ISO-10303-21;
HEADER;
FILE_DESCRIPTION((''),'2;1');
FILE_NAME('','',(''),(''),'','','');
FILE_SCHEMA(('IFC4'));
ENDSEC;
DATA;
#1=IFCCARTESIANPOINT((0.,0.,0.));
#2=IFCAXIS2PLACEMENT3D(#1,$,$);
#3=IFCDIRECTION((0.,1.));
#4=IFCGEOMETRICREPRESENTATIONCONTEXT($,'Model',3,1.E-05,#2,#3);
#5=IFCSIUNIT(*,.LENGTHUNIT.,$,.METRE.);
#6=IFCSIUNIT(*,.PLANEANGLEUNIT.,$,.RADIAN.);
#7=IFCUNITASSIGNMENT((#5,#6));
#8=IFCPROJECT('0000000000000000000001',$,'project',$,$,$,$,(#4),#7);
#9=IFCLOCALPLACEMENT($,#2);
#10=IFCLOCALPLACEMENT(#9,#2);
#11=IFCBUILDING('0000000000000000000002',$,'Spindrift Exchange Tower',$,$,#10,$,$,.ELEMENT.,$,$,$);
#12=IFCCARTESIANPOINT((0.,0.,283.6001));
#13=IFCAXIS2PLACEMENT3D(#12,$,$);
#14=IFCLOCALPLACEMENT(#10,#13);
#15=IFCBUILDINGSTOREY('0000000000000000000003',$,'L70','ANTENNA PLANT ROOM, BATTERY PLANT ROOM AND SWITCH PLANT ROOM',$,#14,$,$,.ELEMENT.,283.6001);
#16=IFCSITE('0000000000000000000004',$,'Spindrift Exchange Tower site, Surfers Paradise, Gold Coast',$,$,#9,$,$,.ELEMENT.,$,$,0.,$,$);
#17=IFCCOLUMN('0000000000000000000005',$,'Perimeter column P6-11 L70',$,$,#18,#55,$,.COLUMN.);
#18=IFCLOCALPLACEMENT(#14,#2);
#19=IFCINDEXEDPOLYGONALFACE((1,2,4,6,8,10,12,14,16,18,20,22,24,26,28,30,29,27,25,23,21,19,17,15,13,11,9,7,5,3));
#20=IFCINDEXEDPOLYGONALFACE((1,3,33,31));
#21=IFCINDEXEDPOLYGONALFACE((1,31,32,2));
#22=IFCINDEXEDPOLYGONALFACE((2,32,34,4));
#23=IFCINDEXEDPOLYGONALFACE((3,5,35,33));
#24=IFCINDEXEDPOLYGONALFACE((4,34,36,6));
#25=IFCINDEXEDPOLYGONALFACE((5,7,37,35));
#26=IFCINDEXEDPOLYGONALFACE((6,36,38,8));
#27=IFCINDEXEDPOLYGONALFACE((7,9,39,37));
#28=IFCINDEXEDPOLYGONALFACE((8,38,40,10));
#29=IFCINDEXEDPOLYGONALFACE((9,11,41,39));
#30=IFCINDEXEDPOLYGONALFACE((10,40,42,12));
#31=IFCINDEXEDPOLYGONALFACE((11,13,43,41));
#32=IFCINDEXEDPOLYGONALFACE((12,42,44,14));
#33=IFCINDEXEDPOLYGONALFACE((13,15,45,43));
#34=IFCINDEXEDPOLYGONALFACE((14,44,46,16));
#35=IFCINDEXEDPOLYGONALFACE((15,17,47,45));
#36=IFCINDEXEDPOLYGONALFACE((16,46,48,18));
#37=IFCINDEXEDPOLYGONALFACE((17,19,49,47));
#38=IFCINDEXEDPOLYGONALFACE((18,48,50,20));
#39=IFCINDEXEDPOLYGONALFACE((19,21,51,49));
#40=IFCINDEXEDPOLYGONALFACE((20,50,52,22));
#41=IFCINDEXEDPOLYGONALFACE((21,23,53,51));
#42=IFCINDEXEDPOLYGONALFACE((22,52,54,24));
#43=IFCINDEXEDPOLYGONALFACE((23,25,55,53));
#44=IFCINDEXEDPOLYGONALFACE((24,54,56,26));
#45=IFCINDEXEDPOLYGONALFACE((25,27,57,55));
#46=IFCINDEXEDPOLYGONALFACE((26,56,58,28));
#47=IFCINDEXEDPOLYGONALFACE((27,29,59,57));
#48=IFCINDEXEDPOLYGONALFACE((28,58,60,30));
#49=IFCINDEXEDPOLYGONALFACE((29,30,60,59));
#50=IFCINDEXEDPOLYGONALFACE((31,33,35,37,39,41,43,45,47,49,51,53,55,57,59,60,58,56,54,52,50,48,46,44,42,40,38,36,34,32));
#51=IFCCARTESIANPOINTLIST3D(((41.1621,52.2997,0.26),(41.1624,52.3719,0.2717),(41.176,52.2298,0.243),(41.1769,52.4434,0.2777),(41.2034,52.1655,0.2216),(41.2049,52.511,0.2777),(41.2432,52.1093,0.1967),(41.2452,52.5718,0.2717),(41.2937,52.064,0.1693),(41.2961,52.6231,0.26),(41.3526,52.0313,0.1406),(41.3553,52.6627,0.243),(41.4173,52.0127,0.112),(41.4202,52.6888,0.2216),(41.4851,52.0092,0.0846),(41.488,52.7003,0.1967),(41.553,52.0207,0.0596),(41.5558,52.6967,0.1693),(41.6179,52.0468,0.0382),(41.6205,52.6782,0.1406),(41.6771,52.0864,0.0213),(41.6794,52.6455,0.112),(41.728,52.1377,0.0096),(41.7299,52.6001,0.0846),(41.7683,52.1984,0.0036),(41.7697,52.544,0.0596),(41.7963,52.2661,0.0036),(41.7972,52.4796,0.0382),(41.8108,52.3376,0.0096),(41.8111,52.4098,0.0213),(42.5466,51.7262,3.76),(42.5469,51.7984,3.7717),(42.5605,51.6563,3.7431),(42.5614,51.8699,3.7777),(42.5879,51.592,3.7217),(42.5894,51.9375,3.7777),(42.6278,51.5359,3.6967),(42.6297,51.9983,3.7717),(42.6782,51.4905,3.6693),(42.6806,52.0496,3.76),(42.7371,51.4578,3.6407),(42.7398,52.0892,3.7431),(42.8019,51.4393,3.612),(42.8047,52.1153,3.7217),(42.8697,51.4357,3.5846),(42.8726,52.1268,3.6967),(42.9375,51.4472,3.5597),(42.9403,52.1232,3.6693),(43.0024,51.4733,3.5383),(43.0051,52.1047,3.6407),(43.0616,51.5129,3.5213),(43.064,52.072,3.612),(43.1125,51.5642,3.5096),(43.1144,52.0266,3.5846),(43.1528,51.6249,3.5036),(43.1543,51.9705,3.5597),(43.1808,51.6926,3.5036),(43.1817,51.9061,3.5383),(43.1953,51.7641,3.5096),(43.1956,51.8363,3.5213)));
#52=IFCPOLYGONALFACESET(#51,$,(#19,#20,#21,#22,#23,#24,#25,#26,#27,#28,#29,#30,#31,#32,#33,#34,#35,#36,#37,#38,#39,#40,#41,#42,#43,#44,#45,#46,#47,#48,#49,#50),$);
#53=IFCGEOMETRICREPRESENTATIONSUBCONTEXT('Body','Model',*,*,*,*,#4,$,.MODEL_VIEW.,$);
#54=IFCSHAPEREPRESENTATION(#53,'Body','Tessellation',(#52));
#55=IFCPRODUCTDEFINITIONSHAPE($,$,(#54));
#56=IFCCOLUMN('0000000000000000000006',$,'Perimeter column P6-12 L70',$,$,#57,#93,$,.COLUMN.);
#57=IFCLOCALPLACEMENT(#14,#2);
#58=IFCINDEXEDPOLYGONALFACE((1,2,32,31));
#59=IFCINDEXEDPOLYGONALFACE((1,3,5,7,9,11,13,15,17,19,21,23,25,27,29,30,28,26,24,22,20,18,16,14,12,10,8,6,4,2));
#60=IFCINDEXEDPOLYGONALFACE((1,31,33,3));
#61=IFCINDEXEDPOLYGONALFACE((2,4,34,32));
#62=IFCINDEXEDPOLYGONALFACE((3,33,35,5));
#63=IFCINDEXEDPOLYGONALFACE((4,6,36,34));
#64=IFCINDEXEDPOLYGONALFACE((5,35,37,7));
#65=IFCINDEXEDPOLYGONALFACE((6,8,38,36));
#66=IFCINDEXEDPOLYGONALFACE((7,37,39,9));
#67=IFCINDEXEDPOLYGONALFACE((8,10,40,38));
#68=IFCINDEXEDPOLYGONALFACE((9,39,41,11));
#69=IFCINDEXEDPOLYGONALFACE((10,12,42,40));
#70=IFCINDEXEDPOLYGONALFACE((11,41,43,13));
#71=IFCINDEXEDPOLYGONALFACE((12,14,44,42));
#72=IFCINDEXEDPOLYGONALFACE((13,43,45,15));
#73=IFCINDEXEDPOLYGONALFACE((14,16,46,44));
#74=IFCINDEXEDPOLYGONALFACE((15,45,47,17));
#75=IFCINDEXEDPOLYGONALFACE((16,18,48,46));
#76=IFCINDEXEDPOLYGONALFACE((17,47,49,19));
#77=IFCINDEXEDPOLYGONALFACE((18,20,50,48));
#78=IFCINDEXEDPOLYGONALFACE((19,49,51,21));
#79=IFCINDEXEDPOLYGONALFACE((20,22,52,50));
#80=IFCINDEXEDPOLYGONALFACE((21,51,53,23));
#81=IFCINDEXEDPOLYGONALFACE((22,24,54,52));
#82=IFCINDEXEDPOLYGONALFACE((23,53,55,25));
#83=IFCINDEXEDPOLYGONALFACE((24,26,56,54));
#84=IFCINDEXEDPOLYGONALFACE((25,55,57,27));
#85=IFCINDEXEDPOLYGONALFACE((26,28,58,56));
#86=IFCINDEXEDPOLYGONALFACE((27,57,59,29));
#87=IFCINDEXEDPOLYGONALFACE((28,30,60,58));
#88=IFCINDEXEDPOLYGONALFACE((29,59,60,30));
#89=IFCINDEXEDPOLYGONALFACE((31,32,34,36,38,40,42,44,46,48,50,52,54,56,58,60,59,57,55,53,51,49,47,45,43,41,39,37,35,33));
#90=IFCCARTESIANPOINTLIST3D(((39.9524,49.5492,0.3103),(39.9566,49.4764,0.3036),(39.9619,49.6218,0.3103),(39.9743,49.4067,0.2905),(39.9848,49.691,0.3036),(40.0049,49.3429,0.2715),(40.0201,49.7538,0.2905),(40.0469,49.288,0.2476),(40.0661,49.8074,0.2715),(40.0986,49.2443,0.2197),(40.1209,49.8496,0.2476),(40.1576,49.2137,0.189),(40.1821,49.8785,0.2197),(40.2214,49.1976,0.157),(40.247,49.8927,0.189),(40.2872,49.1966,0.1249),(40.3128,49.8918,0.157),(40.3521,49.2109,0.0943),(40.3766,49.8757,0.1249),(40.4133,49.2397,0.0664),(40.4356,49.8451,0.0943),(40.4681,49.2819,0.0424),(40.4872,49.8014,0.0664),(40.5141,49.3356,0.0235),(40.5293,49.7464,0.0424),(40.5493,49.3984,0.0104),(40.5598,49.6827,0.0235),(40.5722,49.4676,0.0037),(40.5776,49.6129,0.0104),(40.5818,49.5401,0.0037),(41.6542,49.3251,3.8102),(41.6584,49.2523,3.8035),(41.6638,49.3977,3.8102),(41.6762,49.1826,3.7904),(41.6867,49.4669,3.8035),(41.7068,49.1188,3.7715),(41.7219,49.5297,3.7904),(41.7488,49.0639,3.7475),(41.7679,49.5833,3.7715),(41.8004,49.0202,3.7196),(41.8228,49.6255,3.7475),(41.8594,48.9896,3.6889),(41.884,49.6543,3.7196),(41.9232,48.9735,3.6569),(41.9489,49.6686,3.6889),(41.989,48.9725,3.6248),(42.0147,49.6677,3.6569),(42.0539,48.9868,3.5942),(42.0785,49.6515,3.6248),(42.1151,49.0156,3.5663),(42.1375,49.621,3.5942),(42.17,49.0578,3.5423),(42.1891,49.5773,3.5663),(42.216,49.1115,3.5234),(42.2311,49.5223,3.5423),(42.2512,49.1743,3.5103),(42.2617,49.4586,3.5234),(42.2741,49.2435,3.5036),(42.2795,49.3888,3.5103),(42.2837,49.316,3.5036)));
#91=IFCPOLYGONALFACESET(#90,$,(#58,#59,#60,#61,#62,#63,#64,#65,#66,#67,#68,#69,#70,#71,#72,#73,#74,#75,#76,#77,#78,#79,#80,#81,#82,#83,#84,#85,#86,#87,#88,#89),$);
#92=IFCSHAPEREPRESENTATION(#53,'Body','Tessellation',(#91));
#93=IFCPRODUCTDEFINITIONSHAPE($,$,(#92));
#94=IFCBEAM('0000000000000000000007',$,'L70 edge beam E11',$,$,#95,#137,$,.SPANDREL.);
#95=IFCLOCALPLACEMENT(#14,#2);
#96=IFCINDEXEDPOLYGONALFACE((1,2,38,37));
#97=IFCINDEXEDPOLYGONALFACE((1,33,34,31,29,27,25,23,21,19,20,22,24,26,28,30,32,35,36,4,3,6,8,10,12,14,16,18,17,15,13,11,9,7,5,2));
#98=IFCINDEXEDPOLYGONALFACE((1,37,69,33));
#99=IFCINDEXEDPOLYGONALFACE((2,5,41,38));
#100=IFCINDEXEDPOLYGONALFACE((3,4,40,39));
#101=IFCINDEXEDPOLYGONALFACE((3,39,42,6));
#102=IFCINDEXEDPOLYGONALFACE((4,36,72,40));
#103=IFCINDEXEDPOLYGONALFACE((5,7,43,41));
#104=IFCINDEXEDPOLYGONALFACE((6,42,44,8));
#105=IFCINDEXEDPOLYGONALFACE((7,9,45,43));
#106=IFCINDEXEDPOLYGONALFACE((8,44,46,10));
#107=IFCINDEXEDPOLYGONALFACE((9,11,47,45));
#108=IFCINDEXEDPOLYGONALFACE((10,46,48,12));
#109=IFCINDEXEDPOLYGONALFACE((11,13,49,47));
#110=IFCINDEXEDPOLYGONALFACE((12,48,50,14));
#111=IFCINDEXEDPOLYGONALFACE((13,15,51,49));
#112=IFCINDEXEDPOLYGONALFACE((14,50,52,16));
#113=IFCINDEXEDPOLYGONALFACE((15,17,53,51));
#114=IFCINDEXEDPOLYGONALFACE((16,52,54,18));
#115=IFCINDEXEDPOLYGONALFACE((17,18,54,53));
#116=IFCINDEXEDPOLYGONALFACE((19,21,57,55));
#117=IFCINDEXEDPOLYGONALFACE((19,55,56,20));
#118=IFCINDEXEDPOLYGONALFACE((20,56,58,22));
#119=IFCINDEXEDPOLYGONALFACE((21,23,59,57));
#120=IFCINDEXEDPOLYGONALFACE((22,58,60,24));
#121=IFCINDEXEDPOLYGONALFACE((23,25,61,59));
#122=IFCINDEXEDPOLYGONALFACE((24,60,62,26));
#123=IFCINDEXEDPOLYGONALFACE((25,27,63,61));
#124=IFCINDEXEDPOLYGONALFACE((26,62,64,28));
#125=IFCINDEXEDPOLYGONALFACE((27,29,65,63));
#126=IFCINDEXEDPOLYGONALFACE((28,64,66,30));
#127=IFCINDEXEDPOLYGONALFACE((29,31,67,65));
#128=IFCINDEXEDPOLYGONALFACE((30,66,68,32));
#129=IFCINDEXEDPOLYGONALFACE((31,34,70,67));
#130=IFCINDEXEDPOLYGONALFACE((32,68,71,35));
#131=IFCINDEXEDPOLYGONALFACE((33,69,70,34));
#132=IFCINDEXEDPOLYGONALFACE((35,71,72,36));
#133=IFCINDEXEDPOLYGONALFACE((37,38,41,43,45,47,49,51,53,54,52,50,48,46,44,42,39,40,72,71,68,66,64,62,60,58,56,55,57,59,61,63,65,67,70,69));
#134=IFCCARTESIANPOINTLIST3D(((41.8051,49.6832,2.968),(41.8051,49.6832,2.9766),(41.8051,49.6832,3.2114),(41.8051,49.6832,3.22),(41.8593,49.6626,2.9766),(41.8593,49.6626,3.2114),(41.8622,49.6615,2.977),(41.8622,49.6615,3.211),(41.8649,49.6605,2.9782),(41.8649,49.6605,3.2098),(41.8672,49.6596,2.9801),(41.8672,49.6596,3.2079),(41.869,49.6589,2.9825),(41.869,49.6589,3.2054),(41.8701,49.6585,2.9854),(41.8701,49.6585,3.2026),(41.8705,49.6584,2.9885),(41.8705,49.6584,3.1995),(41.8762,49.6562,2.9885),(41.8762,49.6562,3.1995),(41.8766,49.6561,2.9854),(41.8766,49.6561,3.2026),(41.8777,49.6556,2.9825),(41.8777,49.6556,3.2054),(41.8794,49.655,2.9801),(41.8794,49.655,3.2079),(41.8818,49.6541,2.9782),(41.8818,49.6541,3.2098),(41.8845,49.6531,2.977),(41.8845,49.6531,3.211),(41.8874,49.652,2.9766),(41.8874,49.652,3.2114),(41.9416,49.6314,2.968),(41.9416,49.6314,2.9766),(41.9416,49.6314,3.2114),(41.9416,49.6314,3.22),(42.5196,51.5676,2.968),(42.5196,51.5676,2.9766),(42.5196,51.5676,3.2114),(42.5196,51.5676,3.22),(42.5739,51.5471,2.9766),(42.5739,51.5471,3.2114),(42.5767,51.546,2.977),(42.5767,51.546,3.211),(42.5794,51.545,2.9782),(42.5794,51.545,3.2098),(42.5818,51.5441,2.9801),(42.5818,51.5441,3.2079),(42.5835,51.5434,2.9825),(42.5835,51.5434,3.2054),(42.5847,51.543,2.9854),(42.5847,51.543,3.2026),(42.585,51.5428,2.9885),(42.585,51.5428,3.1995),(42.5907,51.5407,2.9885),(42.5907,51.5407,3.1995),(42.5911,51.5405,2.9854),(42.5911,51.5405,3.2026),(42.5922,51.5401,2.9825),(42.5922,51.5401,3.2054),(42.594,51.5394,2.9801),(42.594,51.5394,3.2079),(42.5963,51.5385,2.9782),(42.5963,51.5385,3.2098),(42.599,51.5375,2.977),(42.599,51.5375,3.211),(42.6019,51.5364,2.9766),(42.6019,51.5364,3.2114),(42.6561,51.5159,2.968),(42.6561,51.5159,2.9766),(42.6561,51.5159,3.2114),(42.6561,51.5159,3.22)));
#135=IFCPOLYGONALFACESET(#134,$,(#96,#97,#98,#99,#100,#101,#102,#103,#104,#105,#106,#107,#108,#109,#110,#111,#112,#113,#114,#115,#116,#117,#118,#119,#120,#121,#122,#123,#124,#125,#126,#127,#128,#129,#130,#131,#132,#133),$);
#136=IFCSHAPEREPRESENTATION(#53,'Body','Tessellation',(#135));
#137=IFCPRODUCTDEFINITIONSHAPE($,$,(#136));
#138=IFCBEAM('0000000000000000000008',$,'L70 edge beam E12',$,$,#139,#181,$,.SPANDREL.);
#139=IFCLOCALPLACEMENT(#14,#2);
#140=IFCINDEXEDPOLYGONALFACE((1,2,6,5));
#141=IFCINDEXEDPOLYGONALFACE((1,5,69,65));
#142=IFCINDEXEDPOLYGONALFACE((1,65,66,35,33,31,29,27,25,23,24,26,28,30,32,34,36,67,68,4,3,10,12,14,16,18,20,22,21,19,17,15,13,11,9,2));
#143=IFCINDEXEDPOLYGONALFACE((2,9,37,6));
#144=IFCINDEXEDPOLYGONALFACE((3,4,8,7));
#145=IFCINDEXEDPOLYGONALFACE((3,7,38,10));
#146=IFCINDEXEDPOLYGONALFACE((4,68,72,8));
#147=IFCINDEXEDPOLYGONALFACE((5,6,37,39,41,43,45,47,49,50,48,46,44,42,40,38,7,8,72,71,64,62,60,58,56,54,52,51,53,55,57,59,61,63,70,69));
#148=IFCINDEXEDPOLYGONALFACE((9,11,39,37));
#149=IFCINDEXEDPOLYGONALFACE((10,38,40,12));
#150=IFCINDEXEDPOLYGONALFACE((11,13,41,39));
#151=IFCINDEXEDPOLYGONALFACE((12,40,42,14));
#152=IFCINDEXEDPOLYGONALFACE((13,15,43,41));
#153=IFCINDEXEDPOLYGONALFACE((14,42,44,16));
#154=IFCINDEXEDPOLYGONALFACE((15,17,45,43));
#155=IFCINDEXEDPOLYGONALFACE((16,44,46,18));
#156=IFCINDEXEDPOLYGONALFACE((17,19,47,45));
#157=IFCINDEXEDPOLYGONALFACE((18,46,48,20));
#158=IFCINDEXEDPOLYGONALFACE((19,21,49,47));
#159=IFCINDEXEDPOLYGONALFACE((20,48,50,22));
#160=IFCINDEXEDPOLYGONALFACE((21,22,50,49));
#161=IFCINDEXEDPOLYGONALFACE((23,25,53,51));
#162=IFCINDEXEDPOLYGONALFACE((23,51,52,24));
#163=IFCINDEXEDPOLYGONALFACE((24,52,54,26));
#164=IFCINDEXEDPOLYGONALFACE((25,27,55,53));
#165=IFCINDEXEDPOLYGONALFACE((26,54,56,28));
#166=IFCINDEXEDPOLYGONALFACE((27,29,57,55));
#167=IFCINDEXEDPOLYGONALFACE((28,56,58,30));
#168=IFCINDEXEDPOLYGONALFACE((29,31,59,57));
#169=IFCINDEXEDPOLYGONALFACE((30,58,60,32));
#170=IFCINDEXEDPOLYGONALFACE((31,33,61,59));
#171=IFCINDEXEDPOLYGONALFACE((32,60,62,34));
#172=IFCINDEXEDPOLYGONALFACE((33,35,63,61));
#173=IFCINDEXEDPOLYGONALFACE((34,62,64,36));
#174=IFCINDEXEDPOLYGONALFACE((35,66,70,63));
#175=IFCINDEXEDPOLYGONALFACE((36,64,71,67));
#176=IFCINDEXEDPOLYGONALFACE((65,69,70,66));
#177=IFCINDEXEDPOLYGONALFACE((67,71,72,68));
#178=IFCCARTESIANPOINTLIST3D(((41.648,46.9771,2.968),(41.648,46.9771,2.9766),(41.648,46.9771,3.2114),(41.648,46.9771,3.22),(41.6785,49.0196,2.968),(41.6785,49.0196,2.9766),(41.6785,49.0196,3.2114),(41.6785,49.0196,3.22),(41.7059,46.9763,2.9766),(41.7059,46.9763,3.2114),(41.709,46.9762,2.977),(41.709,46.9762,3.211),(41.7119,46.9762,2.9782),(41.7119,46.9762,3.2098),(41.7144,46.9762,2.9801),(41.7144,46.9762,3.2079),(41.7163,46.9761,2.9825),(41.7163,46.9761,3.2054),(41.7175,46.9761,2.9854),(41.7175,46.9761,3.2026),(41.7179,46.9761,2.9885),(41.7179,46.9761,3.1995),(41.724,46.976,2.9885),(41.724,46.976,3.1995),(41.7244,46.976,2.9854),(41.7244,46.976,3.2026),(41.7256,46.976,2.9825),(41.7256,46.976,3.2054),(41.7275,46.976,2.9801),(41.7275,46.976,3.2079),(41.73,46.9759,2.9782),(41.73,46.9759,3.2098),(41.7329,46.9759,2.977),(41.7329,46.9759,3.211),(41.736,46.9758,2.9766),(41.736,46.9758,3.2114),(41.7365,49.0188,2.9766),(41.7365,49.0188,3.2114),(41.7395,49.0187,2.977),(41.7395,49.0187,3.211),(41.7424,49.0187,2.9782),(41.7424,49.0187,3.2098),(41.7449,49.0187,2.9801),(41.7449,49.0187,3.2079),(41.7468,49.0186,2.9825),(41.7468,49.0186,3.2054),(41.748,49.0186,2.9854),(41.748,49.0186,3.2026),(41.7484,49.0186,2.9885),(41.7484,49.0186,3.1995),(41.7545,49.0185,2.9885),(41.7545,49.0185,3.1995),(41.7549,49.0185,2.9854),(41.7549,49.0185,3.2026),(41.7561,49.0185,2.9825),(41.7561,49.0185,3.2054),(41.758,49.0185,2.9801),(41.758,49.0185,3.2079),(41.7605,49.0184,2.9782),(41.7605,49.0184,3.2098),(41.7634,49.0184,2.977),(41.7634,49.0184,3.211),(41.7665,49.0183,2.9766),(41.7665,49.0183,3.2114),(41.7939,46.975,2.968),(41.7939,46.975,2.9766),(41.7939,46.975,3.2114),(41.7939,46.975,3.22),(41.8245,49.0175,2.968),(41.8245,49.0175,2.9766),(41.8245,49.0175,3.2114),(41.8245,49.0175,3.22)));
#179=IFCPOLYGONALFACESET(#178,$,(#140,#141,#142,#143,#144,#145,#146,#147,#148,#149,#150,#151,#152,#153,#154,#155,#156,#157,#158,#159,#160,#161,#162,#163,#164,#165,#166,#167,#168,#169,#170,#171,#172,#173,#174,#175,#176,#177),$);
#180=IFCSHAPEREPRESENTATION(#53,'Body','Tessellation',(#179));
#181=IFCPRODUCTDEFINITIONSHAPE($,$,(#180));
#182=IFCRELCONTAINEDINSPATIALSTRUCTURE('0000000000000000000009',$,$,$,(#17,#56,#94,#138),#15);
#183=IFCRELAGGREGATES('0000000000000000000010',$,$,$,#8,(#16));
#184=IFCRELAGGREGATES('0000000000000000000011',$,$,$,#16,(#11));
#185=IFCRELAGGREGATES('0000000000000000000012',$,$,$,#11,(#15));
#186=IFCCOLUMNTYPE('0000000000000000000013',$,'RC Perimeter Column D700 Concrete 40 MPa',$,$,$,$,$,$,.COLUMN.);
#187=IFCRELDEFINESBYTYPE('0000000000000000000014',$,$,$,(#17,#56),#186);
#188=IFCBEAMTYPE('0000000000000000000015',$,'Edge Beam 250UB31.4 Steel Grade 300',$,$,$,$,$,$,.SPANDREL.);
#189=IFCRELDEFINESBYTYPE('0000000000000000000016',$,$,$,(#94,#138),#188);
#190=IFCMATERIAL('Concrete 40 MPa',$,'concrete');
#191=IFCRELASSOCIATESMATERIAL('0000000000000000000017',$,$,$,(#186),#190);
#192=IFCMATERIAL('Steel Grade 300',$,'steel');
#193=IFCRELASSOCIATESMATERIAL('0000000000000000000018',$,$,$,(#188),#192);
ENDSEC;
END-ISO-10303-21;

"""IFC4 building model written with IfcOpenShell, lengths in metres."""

from ifc_helpers import new_model, si_unit, direction, frame, origin, origin_2d, place, context, subcontext, project, spatial, circle, i_section, extrude, source, transform, mapped, material, material_profile, profile_set, type_object, element, save


model = new_model("IFC4")

# Units and contexts
model_context = context("Model", 3, precision=1e-05, world=origin(), true_north=direction((0.0, 1.0)))
body_context = subcontext(model_context, "Body", "Model", "MODEL_VIEW")
ifc_project = project(units=[si_unit("LENGTHUNIT", "METRE"), si_unit("PLANEANGLEUNIT", "RADIAN")], contexts=[model_context])

# Site, building, storey
site_placement = place(None, origin())
site = spatial("IfcSite", under=ifc_project, at=site_placement, Name="Spindrift Exchange Tower site, Surfers Paradise, Gold Coast", CompositionType="ELEMENT", RefElevation=0.0)
building_placement = place(site_placement, origin())
building = spatial("IfcBuilding", under=site, at=building_placement, Name="Spindrift Exchange Tower", CompositionType="ELEMENT")
storey_placement = place(building_placement, frame((0.0, 0.0, 283.6001)))
storey = spatial("IfcBuildingStorey", under=building, at=storey_placement, Name="L70", Description="ANTENNA PLANT ROOM, BATTERY PLANT ROOM AND SWITCH PLANT ROOM", CompositionType="ELEMENT", Elevation=283.6001)

# Columns
ifc_material_1 = material(Name="Concrete 40 MPa", Category="concrete")
ifc_material_profile_1 = material_profile(ifc_material_1, circle(Radius=0.3501, at=origin_2d()), Name="RC D700")
ifc_profile_set_1 = profile_set([ifc_material_profile_1], Name="Concrete 40 MPa")
column_type = type_object("IfcColumnType", Name="RC Perimeter Column D700 Concrete 40 MPa", PredefinedType="COLUMN", material=ifc_profile_set_1)
shared_shape_1 = source(origin(), body_context, "Body", "SweptSolid", [
    extrude(circle(Radius=0.3501, at=origin_2d()), origin(), (0.0, 0.0, 1.0), 3.8074),
])
column_1_placement = place(storey_placement, frame((41.4866, 52.3547, 0.1406), z_axis=(0.363646, -0.150627, 0.919279), x_axis=(0.382683, 0.92388, 0.0)))
element("IfcColumn", 1, at=column_1_placement, inside=storey, type_object=column_type, Name="Perimeter column P6-11 L70", PredefinedType="COLUMN", context=body_context, shape_type="MappedRepresentation", body=[
    mapped(shared_shape_1, transform((0.0, 0.0, 0.0), scale=1.0)),
])
shared_shape_2 = source(origin(), body_context, "Body", "SweptSolid", [
    extrude(circle(Radius=0.3501, at=origin_2d()), origin(), (0.0, 0.0, 1.0), 3.8982),
])
column_2_placement = place(storey_placement, frame((40.2671, 49.5447, 0.157), z_axis=(0.436577, -0.057492, 0.897828), x_axis=(0.130561, 0.99144, 0.0)))
element("IfcColumn", 2, at=column_2_placement, inside=storey, type_object=column_type, Name="Perimeter column P6-12 L70", PredefinedType="COLUMN", context=body_context, shape_type="MappedRepresentation", body=[
    mapped(shared_shape_2, transform((0.0, 0.0, 0.0), scale=1.0)),
])

# Beams
ifc_material_2 = material(Name="Steel Grade 300", Category="steel")
ifc_material_profile_2 = material_profile(ifc_material_2, i_section(OverallWidth=0.146, OverallDepth=0.252, WebThickness=0.0061, FlangeThickness=0.0085, FilletRadius=0.012, at=origin_2d()), Name="250UB31.4")
ifc_profile_set_2 = profile_set([ifc_material_profile_2], Name="Steel Grade 300")
beam_type = type_object("IfcBeamType", Name="Edge Beam 250UB31.4 Steel Grade 300", PredefinedType="SPANDREL", material=ifc_profile_set_2)
shared_shape_3 = source(origin(), body_context, "Body", "SweptSolid", [
    extrude(i_section(OverallWidth=0.146, OverallDepth=0.252, WebThickness=0.0061, FlangeThickness=0.0085, FilletRadius=0.012, at=origin_2d()), origin(), (0.0, 0.0, 1.0), 2.0154),
])
beam_1_placement = place(storey_placement, frame((42.5879, 51.5417, 3.094), z_axis=(-0.354559, -0.935034, 0.0), x_axis=(0.935034, -0.354559, 0.0)))
element("IfcBeam", 3, at=beam_1_placement, inside=storey, type_object=beam_type, Name="L70 edge beam E11", PredefinedType="SPANDREL", context=body_context, shape_type="MappedRepresentation", body=[
    mapped(shared_shape_3, transform((0.0, 0.0, 0.0), scale=1.0)),
])
shared_shape_4 = source(origin(), body_context, "Body", "SweptSolid", [
    extrude(i_section(OverallWidth=0.146, OverallDepth=0.252, WebThickness=0.0061, FlangeThickness=0.0085, FilletRadius=0.012, at=origin_2d()), origin(), (0.0, 0.0, 1.0), 2.0427),
])
beam_2_placement = place(storey_placement, frame((41.7515, 49.0186, 3.094), z_axis=(-0.01494, -0.999888, 0.0), x_axis=(0.999888, -0.01494, 0.0)))
element("IfcBeam", 4, at=beam_2_placement, inside=storey, type_object=beam_type, Name="L70 edge beam E12", PredefinedType="SPANDREL", context=body_context, shape_type="MappedRepresentation", body=[
    mapped(shared_shape_4, transform((0.0, 0.0, 0.0), scale=1.0)),
])

save(model, "model.ifc")
